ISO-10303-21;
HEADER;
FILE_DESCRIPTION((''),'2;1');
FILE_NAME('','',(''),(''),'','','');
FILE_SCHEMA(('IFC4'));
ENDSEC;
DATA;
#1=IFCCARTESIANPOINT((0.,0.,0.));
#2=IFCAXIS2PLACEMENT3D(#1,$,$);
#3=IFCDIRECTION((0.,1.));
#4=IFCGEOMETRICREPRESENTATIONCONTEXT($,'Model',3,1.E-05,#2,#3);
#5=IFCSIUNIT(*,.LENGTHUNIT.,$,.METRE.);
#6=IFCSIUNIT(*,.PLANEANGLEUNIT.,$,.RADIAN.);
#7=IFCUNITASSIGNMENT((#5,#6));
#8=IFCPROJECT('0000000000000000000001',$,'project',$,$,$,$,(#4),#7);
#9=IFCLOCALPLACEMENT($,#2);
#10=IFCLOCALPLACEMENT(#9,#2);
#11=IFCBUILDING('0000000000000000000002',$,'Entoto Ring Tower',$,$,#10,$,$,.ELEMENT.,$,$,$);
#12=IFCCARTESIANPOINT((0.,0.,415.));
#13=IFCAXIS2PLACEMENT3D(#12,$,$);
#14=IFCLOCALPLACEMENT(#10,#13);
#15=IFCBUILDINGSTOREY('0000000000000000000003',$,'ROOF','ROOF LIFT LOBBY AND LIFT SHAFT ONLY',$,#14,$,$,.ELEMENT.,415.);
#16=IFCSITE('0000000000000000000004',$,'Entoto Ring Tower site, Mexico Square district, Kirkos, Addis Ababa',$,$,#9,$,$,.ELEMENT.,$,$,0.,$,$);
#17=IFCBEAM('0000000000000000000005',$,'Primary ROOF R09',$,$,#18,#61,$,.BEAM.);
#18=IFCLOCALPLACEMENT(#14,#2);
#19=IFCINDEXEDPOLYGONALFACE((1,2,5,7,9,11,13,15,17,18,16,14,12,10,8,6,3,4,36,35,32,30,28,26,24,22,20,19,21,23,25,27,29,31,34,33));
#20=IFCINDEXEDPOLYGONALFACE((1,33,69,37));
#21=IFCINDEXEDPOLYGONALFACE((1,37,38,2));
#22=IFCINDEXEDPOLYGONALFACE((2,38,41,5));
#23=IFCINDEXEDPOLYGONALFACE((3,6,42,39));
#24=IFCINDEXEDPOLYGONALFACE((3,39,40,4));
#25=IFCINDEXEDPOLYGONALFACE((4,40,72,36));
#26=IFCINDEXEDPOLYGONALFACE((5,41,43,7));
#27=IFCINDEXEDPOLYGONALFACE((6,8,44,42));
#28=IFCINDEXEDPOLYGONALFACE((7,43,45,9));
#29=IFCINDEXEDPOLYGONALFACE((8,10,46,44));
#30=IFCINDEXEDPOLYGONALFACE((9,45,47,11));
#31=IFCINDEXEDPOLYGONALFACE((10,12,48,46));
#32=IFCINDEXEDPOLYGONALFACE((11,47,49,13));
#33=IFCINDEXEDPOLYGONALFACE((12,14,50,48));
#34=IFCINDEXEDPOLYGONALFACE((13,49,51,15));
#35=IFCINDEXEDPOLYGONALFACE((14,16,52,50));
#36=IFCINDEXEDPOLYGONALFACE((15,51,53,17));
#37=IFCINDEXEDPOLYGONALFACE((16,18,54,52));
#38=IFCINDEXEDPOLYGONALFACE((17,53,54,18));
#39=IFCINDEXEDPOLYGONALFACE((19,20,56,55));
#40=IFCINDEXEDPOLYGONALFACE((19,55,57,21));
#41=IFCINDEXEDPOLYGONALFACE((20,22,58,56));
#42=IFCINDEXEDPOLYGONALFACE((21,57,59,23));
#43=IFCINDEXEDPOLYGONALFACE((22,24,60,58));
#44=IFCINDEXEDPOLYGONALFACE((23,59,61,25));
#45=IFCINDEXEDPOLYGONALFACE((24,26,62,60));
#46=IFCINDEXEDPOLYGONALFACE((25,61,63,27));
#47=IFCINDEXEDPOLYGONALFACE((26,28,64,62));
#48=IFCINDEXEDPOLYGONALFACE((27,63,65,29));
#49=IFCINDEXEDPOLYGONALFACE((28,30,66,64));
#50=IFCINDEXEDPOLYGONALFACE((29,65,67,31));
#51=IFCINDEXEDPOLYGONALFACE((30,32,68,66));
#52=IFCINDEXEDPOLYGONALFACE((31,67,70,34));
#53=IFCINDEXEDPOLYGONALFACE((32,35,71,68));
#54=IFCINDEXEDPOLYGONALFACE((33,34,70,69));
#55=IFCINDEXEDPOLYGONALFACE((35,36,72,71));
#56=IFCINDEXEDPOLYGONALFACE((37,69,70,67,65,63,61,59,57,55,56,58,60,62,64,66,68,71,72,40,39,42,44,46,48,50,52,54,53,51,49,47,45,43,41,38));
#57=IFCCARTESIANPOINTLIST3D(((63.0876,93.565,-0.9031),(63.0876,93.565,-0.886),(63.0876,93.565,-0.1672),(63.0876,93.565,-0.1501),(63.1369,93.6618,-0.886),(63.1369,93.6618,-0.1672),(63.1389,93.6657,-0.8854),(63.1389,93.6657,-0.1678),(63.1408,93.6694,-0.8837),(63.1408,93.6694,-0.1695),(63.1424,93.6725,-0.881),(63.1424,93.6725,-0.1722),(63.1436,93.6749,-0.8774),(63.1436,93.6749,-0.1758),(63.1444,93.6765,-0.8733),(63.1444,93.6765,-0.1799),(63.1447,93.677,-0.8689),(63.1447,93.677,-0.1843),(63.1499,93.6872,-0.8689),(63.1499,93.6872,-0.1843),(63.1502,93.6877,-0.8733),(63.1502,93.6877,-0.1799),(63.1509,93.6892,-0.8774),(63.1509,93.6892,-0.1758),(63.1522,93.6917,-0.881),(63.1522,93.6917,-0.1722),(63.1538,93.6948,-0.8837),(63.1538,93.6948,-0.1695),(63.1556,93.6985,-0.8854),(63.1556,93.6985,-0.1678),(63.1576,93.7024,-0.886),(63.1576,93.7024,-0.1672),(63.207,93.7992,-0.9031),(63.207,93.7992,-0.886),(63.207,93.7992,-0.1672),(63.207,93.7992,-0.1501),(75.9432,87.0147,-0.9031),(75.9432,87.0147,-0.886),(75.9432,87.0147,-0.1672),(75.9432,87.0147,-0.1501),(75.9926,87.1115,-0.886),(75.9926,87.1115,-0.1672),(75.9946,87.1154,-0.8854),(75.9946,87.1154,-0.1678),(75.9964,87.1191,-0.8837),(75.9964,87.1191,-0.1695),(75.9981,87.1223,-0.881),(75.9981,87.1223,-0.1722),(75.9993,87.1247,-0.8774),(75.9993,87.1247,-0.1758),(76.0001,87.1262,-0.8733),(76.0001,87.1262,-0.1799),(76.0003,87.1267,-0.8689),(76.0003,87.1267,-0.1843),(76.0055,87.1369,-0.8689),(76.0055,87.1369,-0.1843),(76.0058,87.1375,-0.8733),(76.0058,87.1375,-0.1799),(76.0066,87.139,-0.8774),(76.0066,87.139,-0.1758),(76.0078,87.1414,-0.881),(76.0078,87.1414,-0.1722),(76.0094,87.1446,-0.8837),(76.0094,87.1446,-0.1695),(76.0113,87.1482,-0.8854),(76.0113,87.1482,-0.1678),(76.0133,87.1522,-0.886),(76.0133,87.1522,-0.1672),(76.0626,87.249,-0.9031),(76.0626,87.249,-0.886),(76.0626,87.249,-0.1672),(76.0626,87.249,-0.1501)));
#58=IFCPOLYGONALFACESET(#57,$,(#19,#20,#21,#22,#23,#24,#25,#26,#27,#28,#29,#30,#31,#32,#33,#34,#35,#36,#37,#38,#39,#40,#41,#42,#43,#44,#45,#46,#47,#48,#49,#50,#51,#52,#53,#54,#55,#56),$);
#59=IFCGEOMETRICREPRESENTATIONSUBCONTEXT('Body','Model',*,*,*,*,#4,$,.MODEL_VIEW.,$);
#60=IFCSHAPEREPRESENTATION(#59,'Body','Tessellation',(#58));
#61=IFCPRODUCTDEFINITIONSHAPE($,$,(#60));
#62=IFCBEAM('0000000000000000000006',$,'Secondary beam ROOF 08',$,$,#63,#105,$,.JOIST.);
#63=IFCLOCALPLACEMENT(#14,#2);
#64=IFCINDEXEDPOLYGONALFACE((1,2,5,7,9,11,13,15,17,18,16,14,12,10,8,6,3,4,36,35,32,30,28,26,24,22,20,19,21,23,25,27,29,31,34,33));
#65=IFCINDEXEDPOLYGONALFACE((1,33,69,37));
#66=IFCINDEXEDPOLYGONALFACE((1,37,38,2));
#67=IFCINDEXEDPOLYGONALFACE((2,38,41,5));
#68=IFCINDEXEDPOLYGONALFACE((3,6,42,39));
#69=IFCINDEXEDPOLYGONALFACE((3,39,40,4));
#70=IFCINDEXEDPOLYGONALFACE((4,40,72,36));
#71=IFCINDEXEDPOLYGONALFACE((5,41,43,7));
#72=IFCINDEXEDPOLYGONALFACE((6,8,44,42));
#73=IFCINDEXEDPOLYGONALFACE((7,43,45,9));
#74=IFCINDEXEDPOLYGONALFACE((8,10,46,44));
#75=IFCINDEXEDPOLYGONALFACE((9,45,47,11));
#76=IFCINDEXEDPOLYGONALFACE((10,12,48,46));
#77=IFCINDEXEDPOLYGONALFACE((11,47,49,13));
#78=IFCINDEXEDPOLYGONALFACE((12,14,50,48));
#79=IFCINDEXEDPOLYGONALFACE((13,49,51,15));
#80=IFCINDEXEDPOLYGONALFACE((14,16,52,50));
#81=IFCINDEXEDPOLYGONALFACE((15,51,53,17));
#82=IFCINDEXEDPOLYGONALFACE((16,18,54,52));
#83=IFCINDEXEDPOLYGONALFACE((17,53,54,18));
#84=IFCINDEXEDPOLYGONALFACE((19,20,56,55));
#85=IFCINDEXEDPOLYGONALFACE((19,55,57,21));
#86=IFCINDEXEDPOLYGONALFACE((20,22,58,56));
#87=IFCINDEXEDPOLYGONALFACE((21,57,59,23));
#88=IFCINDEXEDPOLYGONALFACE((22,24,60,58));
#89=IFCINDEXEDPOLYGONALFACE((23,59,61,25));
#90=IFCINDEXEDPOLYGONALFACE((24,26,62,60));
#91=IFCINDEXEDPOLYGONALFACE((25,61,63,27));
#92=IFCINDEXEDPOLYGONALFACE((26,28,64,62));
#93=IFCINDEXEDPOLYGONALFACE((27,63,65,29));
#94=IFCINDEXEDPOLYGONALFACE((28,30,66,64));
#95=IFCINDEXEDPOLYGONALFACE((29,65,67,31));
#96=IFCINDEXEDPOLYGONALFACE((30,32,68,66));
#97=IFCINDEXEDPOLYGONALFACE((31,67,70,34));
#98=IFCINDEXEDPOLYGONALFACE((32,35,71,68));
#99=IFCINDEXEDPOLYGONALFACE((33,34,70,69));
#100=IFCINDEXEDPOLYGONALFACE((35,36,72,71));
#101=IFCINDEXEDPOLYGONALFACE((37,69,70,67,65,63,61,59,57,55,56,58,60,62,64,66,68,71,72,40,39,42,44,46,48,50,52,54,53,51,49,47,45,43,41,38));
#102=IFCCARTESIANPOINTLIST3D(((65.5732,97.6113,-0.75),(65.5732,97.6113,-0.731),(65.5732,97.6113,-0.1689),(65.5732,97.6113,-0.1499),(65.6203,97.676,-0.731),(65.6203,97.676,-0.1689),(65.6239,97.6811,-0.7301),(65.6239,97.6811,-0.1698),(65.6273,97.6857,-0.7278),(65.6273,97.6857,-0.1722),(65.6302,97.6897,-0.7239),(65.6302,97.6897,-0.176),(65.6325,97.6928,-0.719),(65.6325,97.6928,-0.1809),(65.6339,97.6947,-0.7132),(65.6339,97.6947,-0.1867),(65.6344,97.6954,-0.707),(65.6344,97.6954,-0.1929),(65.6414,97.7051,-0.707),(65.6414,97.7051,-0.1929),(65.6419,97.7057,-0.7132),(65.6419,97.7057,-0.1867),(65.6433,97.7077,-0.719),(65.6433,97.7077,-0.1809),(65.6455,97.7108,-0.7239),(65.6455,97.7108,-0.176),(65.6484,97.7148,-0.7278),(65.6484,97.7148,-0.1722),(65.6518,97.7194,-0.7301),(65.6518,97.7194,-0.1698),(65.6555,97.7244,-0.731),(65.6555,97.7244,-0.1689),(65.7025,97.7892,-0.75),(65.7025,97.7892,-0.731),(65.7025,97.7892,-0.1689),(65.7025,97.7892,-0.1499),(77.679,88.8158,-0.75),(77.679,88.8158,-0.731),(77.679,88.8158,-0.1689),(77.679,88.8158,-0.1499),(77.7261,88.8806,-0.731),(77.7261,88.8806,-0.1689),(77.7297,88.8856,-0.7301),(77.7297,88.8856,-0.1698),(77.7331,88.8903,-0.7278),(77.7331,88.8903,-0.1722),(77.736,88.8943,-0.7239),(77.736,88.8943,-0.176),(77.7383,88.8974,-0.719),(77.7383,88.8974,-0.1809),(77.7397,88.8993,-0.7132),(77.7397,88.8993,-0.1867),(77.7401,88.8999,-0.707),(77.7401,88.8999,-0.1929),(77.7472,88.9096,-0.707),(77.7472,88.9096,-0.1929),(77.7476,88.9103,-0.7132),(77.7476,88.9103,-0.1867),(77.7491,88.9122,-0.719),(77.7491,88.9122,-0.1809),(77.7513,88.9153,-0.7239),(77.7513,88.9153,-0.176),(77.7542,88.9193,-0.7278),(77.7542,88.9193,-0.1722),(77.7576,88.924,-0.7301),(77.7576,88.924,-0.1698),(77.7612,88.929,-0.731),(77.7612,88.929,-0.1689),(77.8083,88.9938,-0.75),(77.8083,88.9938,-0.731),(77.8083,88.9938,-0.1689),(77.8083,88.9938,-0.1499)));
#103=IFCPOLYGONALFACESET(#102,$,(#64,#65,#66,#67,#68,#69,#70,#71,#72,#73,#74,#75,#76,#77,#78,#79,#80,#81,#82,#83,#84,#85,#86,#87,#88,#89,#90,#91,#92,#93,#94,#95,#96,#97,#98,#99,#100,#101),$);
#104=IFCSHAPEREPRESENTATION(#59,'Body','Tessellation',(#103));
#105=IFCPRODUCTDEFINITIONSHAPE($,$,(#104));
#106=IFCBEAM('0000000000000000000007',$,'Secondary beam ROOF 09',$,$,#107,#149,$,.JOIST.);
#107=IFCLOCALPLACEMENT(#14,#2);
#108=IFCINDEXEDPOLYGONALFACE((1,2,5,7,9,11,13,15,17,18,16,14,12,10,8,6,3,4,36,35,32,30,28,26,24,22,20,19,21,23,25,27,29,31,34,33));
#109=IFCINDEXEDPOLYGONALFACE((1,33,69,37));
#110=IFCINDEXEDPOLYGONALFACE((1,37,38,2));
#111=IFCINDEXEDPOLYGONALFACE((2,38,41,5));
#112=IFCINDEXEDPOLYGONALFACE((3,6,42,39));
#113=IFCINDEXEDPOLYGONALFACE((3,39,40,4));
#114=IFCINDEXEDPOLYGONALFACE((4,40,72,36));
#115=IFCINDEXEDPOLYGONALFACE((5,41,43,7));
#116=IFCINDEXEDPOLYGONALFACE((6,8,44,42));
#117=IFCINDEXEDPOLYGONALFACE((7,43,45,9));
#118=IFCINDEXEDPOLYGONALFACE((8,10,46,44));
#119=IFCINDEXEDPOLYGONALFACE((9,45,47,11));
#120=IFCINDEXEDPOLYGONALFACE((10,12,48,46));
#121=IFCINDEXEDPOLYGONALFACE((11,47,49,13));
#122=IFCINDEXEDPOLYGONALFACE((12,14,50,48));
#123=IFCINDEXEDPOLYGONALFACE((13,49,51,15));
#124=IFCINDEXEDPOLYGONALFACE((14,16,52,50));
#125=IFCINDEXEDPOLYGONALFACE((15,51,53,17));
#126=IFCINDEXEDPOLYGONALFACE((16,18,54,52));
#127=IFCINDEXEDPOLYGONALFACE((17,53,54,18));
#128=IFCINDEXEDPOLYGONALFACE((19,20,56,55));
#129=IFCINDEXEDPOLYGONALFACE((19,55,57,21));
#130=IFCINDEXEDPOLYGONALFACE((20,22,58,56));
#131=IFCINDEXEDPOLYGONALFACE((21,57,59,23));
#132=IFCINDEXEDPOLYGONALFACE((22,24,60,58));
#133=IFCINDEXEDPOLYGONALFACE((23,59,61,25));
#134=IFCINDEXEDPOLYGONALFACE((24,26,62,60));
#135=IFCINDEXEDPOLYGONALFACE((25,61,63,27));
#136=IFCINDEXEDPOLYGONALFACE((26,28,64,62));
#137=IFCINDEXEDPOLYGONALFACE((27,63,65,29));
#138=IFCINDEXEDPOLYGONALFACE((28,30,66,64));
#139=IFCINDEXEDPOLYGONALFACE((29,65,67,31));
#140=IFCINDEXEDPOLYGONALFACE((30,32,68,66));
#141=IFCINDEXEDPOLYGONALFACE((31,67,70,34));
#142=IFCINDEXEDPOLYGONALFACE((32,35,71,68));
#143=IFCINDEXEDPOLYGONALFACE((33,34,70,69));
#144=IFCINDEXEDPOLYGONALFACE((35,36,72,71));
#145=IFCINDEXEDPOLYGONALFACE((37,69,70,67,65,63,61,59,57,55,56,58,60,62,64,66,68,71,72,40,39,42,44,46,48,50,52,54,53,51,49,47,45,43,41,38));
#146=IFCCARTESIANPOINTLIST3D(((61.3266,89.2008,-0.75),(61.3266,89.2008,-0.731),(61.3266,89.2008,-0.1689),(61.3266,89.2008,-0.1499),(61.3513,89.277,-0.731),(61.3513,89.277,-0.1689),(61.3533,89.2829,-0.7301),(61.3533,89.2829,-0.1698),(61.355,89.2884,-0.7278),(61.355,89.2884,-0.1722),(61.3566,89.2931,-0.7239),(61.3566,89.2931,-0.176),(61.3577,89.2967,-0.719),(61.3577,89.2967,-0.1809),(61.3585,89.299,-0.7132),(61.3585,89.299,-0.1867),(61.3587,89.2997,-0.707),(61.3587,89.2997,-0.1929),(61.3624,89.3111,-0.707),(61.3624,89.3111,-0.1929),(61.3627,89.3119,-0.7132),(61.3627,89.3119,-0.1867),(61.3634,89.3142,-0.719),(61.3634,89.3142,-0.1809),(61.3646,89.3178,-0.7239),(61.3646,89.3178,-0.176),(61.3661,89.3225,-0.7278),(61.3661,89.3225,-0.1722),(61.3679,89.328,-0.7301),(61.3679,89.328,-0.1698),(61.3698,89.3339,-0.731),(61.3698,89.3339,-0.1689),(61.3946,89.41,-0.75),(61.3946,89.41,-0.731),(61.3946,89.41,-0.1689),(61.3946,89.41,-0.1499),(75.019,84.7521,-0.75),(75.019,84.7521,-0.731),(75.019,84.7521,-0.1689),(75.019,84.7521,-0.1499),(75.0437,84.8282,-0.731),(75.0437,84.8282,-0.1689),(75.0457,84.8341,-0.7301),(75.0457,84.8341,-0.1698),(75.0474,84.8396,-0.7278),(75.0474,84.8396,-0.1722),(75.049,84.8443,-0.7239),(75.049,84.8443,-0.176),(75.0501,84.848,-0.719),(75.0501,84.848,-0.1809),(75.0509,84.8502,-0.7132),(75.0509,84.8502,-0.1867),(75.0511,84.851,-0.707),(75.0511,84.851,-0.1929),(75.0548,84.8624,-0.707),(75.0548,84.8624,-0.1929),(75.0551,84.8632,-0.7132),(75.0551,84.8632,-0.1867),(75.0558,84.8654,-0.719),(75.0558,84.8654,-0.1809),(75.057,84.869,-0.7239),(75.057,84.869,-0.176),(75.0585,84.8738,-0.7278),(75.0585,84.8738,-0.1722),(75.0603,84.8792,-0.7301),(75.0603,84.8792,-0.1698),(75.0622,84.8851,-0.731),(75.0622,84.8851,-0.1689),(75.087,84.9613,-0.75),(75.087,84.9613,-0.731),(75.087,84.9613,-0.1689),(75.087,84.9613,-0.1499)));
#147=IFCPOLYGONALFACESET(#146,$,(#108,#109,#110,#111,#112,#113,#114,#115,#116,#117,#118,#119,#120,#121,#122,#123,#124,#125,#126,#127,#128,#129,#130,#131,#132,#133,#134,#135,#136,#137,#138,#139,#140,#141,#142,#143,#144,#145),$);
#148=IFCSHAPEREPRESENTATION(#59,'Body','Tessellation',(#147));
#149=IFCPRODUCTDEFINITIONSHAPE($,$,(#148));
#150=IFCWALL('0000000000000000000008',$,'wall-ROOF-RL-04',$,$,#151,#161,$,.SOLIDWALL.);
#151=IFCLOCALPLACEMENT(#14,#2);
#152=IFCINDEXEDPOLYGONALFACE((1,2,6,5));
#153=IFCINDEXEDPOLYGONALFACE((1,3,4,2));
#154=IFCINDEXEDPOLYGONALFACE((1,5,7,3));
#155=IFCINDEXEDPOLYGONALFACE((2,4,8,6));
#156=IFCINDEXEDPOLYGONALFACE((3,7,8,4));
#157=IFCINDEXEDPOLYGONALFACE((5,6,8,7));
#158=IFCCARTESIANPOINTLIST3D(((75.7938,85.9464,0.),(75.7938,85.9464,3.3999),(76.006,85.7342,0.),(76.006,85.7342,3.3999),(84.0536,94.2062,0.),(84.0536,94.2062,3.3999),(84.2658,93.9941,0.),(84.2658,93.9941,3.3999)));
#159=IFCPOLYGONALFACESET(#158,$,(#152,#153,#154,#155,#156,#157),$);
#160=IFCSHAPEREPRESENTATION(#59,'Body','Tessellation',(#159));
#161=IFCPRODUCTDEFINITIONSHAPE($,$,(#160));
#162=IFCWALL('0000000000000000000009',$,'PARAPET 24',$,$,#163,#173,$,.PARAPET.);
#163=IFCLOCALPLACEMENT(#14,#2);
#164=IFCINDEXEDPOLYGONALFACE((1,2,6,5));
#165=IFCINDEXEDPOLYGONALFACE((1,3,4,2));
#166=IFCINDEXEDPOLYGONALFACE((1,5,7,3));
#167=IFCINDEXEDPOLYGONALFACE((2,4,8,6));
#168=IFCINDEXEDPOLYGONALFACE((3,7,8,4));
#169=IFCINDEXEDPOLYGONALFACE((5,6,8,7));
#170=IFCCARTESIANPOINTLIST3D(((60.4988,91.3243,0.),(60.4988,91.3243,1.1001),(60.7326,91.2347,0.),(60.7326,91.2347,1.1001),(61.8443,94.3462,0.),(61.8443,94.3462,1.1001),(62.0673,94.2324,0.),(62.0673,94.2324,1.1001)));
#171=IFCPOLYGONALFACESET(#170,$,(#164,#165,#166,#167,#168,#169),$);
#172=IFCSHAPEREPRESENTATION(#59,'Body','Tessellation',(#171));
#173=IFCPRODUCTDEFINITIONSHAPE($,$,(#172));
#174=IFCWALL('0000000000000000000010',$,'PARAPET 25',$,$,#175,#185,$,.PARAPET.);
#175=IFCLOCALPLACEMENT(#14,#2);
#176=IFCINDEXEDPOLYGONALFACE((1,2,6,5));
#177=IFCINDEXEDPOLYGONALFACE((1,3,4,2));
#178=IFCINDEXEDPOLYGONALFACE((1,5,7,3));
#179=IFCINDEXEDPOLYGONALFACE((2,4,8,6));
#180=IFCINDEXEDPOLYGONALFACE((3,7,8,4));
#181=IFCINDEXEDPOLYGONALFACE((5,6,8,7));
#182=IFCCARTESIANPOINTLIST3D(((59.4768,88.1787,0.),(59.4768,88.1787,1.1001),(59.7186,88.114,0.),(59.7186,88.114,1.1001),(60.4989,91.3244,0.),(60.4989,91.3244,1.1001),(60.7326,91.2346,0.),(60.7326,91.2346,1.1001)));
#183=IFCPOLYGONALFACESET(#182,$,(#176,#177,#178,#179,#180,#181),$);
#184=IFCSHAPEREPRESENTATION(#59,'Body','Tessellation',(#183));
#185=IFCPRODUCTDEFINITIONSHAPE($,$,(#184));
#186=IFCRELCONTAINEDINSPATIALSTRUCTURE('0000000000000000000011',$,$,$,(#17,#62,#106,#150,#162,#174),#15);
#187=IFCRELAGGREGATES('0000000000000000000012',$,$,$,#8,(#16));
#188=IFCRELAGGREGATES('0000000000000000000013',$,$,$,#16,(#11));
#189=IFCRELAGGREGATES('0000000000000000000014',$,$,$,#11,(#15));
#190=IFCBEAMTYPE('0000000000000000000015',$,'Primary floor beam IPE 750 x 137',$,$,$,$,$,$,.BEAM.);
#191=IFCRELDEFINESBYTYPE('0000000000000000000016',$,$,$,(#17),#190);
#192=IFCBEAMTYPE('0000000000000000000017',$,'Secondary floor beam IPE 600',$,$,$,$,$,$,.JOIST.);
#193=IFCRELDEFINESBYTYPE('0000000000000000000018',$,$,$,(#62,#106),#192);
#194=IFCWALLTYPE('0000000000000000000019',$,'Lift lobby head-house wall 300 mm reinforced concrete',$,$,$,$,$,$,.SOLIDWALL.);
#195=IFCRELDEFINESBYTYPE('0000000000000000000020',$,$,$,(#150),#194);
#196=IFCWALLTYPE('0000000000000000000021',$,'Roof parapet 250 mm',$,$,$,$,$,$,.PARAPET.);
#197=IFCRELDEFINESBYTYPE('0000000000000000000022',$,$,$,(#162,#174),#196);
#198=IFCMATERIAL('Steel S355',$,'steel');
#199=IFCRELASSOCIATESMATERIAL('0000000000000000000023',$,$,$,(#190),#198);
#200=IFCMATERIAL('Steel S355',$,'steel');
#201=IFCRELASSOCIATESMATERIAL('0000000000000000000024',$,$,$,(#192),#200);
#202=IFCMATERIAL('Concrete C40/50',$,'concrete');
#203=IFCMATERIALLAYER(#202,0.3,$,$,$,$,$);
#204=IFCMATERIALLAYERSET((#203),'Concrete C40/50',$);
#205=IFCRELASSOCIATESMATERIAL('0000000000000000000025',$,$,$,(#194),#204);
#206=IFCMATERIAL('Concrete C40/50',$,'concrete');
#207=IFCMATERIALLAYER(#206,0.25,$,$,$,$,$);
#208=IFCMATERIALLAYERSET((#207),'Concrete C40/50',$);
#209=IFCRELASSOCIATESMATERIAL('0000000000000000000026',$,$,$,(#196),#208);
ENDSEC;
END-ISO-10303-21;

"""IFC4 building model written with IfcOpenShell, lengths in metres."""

from ifc_helpers import new_model, si_unit, direction, frame, frame_2d, origin, origin_2d, place, context, subcontext, project, spatial, polyline, rectangle, i_section, outline, extrude, material, layer, layer_set, material_profile, profile_set, type_object, element, save


model = new_model("IFC4")

# Units and contexts
model_context = context("Model", 3, precision=1e-05, world=origin(), true_north=direction((0.0, 1.0)))
body_context = subcontext(model_context, "Body", "Model", "MODEL_VIEW")
ifc_project = project(units=[si_unit("LENGTHUNIT", "METRE"), si_unit("PLANEANGLEUNIT", "RADIAN")], contexts=[model_context])

# Site, building, storey
site_placement = place(None, origin())
site = spatial("IfcSite", under=ifc_project, at=site_placement, Name="Entoto Ring Tower site, Mexico Square district, Kirkos, Addis Ababa", CompositionType="ELEMENT", RefElevation=0.0)
building_placement = place(site_placement, origin())
building = spatial("IfcBuilding", under=site, at=building_placement, Name="Entoto Ring Tower", CompositionType="ELEMENT")
storey_placement = place(building_placement, frame((0.0, 0.0, 415.0)))
storey = spatial("IfcBuildingStorey", under=building, at=storey_placement, Name="ROOF", Description="ROOF LIFT LOBBY AND LIFT SHAFT ONLY", CompositionType="ELEMENT", Elevation=415.0)

# Beams
ifc_material_1 = material(Name="Steel S355", Category="steel")
ifc_material_profile_1 = material_profile(ifc_material_1, i_section(OverallWidth=0.2629, OverallDepth=0.7529, WebThickness=0.0115, FlangeThickness=0.0171, FilletRadius=0.0171, at=origin_2d()), Name="IPE 750 x 137")
ifc_profile_set_1 = profile_set([ifc_material_profile_1], Name="Steel S355")
beam_type_1 = type_object("IfcBeamType", Name="Primary floor beam IPE 750 x 137", PredefinedType="BEAM", material=ifc_profile_set_1)
beam_1_placement = place(storey_placement, frame((76.0029, 87.1318, -0.5266), z_axis=(-0.891007, 0.453989, 0.0), x_axis=(-0.453989, -0.891007, 0.0)))
element("IfcBeam", 1, at=beam_1_placement, inside=storey, type_object=beam_type_1, Name="Primary ROOF R09", PredefinedType="BEAM", context=body_context, shape_type="SweptSolid", body=[
    extrude(i_section(OverallWidth=0.2629, OverallDepth=0.7529, WebThickness=0.0115, FlangeThickness=0.0171, FilletRadius=0.0171, at=origin_2d()), origin(), (0.0, 0.0, 1.0), 14.4282),
])
ifc_material_2 = material(Name="Steel S355", Category="steel")
ifc_material_profile_2 = material_profile(ifc_material_2, i_section(OverallWidth=0.22, OverallDepth=0.6001, WebThickness=0.012, FlangeThickness=0.019, FilletRadius=0.0239, at=origin_2d()), Name="IPE 600")
ifc_profile_set_2 = profile_set([ifc_material_profile_2], Name="Steel S355")
beam_type_2 = type_object("IfcBeamType", Name="Secondary floor beam IPE 600", PredefinedType="JOIST", material=ifc_profile_set_2)
beam_2_placement = place(storey_placement, frame((77.7437, 88.9048, -0.45), z_axis=(-0.809014, 0.587789, 0.0), x_axis=(-0.587789, -0.809014, 0.0)))
element("IfcBeam", 2, at=beam_2_placement, inside=storey, type_object=beam_type_2, Name="Secondary beam ROOF 08", PredefinedType="JOIST", context=body_context, shape_type="SweptSolid", body=[
    extrude(i_section(OverallWidth=0.22, OverallDepth=0.6001, WebThickness=0.012, FlangeThickness=0.019, FilletRadius=0.0239, at=origin_2d()), origin(), (0.0, 0.0, 1.0), 14.9636),
])
beam_3_placement = place(storey_placement, frame((75.053, 84.8567, -0.45), z_axis=(-0.95106, 0.309005, 0.0), x_axis=(-0.309005, -0.95106, 0.0)))
element("IfcBeam", 3, at=beam_3_placement, inside=storey, type_object=beam_type_2, Name="Secondary beam ROOF 09", PredefinedType="JOIST", context=body_context, shape_type="SweptSolid", body=[
    extrude(i_section(OverallWidth=0.22, OverallDepth=0.6001, WebThickness=0.012, FlangeThickness=0.019, FilletRadius=0.0239, at=origin_2d()), origin(), (0.0, 0.0, 1.0), 14.397),
])

# Walls
ifc_material_3 = material(Name="Concrete C40/50", Category="concrete")
ifc_layer_1 = layer(ifc_material_3, 0.3)
ifc_layer_set_1 = layer_set([ifc_layer_1], Name="Concrete C40/50")
wall_type_1 = type_object("IfcWallType", Name="Lift lobby head-house wall 300 mm reinforced concrete", PredefinedType="SOLIDWALL", material=ifc_layer_set_1)
wall_1_placement = place(storey_placement, frame((75.8999, 85.8403, 0.0), z_axis=(0.0, 0.0, 1.0), x_axis=(0.707107, 0.707107, 0.0)))
element("IfcWall", 4, at=wall_1_placement, inside=storey, type_object=wall_type_1, Name="wall-ROOF-RL-04", PredefinedType="SOLIDWALL", context=body_context, shape_type="SweptSolid", body=[
    extrude(rectangle(XDim=11.6812, YDim=0.3, at=frame_2d((5.8406, 0.0))), origin(), (0.0, 0.0, 1.0), 3.3999),
])
ifc_material_4 = material(Name="Concrete C40/50", Category="concrete")
ifc_layer_2 = layer(ifc_material_4, 0.25)
ifc_layer_set_2 = layer_set([ifc_layer_2], Name="Concrete C40/50")
wall_type_2 = type_object("IfcWallType", Name="Roof parapet 250 mm", PredefinedType="PARAPET", material=ifc_layer_set_2)
wall_2_placement = place(storey_placement, frame((61.9558, 94.2893, 0.0), z_axis=(0.0, 0.0, 1.0), x_axis=(-0.40675, -0.913539, 0.0)))
element("IfcWall", 5, at=wall_2_placement, inside=storey, type_object=wall_type_2, Name="PARAPET 24", PredefinedType="PARAPET", context=body_context, shape_type="SweptSolid", body=[
    extrude(outline(polyline([(-0.0066, -0.125), (3.3013, -0.125), (3.2881, 0.125), (0.0066, 0.125), (-0.0066, -0.125)])), origin(), (0.0, 0.0, 1.0), 1.1001),
])
for number, where, z_axis, x_axis, name in (
    (6, (60.6157, 91.2795, 0.0), (0.0, 0.0, 1.0), (-0.309016, -0.951057, 0.0), "PARAPET 25"),
):
    element("IfcWall", number, at=place(storey_placement, frame(where, z_axis=z_axis, x_axis=x_axis)), inside=storey, type_object=wall_type_2, Name=name, PredefinedType="PARAPET", context=body_context, shape_type="SweptSolid", body=[
        extrude(outline(polyline([(-0.0066, -0.125), (3.301, -0.125), (3.2878, 0.125), (0.0066, 0.125), (-0.0066, -0.125)])), origin(), (0.0, 0.0, 1.0), 1.1001),
    ])

save(model, "model.ifc")
